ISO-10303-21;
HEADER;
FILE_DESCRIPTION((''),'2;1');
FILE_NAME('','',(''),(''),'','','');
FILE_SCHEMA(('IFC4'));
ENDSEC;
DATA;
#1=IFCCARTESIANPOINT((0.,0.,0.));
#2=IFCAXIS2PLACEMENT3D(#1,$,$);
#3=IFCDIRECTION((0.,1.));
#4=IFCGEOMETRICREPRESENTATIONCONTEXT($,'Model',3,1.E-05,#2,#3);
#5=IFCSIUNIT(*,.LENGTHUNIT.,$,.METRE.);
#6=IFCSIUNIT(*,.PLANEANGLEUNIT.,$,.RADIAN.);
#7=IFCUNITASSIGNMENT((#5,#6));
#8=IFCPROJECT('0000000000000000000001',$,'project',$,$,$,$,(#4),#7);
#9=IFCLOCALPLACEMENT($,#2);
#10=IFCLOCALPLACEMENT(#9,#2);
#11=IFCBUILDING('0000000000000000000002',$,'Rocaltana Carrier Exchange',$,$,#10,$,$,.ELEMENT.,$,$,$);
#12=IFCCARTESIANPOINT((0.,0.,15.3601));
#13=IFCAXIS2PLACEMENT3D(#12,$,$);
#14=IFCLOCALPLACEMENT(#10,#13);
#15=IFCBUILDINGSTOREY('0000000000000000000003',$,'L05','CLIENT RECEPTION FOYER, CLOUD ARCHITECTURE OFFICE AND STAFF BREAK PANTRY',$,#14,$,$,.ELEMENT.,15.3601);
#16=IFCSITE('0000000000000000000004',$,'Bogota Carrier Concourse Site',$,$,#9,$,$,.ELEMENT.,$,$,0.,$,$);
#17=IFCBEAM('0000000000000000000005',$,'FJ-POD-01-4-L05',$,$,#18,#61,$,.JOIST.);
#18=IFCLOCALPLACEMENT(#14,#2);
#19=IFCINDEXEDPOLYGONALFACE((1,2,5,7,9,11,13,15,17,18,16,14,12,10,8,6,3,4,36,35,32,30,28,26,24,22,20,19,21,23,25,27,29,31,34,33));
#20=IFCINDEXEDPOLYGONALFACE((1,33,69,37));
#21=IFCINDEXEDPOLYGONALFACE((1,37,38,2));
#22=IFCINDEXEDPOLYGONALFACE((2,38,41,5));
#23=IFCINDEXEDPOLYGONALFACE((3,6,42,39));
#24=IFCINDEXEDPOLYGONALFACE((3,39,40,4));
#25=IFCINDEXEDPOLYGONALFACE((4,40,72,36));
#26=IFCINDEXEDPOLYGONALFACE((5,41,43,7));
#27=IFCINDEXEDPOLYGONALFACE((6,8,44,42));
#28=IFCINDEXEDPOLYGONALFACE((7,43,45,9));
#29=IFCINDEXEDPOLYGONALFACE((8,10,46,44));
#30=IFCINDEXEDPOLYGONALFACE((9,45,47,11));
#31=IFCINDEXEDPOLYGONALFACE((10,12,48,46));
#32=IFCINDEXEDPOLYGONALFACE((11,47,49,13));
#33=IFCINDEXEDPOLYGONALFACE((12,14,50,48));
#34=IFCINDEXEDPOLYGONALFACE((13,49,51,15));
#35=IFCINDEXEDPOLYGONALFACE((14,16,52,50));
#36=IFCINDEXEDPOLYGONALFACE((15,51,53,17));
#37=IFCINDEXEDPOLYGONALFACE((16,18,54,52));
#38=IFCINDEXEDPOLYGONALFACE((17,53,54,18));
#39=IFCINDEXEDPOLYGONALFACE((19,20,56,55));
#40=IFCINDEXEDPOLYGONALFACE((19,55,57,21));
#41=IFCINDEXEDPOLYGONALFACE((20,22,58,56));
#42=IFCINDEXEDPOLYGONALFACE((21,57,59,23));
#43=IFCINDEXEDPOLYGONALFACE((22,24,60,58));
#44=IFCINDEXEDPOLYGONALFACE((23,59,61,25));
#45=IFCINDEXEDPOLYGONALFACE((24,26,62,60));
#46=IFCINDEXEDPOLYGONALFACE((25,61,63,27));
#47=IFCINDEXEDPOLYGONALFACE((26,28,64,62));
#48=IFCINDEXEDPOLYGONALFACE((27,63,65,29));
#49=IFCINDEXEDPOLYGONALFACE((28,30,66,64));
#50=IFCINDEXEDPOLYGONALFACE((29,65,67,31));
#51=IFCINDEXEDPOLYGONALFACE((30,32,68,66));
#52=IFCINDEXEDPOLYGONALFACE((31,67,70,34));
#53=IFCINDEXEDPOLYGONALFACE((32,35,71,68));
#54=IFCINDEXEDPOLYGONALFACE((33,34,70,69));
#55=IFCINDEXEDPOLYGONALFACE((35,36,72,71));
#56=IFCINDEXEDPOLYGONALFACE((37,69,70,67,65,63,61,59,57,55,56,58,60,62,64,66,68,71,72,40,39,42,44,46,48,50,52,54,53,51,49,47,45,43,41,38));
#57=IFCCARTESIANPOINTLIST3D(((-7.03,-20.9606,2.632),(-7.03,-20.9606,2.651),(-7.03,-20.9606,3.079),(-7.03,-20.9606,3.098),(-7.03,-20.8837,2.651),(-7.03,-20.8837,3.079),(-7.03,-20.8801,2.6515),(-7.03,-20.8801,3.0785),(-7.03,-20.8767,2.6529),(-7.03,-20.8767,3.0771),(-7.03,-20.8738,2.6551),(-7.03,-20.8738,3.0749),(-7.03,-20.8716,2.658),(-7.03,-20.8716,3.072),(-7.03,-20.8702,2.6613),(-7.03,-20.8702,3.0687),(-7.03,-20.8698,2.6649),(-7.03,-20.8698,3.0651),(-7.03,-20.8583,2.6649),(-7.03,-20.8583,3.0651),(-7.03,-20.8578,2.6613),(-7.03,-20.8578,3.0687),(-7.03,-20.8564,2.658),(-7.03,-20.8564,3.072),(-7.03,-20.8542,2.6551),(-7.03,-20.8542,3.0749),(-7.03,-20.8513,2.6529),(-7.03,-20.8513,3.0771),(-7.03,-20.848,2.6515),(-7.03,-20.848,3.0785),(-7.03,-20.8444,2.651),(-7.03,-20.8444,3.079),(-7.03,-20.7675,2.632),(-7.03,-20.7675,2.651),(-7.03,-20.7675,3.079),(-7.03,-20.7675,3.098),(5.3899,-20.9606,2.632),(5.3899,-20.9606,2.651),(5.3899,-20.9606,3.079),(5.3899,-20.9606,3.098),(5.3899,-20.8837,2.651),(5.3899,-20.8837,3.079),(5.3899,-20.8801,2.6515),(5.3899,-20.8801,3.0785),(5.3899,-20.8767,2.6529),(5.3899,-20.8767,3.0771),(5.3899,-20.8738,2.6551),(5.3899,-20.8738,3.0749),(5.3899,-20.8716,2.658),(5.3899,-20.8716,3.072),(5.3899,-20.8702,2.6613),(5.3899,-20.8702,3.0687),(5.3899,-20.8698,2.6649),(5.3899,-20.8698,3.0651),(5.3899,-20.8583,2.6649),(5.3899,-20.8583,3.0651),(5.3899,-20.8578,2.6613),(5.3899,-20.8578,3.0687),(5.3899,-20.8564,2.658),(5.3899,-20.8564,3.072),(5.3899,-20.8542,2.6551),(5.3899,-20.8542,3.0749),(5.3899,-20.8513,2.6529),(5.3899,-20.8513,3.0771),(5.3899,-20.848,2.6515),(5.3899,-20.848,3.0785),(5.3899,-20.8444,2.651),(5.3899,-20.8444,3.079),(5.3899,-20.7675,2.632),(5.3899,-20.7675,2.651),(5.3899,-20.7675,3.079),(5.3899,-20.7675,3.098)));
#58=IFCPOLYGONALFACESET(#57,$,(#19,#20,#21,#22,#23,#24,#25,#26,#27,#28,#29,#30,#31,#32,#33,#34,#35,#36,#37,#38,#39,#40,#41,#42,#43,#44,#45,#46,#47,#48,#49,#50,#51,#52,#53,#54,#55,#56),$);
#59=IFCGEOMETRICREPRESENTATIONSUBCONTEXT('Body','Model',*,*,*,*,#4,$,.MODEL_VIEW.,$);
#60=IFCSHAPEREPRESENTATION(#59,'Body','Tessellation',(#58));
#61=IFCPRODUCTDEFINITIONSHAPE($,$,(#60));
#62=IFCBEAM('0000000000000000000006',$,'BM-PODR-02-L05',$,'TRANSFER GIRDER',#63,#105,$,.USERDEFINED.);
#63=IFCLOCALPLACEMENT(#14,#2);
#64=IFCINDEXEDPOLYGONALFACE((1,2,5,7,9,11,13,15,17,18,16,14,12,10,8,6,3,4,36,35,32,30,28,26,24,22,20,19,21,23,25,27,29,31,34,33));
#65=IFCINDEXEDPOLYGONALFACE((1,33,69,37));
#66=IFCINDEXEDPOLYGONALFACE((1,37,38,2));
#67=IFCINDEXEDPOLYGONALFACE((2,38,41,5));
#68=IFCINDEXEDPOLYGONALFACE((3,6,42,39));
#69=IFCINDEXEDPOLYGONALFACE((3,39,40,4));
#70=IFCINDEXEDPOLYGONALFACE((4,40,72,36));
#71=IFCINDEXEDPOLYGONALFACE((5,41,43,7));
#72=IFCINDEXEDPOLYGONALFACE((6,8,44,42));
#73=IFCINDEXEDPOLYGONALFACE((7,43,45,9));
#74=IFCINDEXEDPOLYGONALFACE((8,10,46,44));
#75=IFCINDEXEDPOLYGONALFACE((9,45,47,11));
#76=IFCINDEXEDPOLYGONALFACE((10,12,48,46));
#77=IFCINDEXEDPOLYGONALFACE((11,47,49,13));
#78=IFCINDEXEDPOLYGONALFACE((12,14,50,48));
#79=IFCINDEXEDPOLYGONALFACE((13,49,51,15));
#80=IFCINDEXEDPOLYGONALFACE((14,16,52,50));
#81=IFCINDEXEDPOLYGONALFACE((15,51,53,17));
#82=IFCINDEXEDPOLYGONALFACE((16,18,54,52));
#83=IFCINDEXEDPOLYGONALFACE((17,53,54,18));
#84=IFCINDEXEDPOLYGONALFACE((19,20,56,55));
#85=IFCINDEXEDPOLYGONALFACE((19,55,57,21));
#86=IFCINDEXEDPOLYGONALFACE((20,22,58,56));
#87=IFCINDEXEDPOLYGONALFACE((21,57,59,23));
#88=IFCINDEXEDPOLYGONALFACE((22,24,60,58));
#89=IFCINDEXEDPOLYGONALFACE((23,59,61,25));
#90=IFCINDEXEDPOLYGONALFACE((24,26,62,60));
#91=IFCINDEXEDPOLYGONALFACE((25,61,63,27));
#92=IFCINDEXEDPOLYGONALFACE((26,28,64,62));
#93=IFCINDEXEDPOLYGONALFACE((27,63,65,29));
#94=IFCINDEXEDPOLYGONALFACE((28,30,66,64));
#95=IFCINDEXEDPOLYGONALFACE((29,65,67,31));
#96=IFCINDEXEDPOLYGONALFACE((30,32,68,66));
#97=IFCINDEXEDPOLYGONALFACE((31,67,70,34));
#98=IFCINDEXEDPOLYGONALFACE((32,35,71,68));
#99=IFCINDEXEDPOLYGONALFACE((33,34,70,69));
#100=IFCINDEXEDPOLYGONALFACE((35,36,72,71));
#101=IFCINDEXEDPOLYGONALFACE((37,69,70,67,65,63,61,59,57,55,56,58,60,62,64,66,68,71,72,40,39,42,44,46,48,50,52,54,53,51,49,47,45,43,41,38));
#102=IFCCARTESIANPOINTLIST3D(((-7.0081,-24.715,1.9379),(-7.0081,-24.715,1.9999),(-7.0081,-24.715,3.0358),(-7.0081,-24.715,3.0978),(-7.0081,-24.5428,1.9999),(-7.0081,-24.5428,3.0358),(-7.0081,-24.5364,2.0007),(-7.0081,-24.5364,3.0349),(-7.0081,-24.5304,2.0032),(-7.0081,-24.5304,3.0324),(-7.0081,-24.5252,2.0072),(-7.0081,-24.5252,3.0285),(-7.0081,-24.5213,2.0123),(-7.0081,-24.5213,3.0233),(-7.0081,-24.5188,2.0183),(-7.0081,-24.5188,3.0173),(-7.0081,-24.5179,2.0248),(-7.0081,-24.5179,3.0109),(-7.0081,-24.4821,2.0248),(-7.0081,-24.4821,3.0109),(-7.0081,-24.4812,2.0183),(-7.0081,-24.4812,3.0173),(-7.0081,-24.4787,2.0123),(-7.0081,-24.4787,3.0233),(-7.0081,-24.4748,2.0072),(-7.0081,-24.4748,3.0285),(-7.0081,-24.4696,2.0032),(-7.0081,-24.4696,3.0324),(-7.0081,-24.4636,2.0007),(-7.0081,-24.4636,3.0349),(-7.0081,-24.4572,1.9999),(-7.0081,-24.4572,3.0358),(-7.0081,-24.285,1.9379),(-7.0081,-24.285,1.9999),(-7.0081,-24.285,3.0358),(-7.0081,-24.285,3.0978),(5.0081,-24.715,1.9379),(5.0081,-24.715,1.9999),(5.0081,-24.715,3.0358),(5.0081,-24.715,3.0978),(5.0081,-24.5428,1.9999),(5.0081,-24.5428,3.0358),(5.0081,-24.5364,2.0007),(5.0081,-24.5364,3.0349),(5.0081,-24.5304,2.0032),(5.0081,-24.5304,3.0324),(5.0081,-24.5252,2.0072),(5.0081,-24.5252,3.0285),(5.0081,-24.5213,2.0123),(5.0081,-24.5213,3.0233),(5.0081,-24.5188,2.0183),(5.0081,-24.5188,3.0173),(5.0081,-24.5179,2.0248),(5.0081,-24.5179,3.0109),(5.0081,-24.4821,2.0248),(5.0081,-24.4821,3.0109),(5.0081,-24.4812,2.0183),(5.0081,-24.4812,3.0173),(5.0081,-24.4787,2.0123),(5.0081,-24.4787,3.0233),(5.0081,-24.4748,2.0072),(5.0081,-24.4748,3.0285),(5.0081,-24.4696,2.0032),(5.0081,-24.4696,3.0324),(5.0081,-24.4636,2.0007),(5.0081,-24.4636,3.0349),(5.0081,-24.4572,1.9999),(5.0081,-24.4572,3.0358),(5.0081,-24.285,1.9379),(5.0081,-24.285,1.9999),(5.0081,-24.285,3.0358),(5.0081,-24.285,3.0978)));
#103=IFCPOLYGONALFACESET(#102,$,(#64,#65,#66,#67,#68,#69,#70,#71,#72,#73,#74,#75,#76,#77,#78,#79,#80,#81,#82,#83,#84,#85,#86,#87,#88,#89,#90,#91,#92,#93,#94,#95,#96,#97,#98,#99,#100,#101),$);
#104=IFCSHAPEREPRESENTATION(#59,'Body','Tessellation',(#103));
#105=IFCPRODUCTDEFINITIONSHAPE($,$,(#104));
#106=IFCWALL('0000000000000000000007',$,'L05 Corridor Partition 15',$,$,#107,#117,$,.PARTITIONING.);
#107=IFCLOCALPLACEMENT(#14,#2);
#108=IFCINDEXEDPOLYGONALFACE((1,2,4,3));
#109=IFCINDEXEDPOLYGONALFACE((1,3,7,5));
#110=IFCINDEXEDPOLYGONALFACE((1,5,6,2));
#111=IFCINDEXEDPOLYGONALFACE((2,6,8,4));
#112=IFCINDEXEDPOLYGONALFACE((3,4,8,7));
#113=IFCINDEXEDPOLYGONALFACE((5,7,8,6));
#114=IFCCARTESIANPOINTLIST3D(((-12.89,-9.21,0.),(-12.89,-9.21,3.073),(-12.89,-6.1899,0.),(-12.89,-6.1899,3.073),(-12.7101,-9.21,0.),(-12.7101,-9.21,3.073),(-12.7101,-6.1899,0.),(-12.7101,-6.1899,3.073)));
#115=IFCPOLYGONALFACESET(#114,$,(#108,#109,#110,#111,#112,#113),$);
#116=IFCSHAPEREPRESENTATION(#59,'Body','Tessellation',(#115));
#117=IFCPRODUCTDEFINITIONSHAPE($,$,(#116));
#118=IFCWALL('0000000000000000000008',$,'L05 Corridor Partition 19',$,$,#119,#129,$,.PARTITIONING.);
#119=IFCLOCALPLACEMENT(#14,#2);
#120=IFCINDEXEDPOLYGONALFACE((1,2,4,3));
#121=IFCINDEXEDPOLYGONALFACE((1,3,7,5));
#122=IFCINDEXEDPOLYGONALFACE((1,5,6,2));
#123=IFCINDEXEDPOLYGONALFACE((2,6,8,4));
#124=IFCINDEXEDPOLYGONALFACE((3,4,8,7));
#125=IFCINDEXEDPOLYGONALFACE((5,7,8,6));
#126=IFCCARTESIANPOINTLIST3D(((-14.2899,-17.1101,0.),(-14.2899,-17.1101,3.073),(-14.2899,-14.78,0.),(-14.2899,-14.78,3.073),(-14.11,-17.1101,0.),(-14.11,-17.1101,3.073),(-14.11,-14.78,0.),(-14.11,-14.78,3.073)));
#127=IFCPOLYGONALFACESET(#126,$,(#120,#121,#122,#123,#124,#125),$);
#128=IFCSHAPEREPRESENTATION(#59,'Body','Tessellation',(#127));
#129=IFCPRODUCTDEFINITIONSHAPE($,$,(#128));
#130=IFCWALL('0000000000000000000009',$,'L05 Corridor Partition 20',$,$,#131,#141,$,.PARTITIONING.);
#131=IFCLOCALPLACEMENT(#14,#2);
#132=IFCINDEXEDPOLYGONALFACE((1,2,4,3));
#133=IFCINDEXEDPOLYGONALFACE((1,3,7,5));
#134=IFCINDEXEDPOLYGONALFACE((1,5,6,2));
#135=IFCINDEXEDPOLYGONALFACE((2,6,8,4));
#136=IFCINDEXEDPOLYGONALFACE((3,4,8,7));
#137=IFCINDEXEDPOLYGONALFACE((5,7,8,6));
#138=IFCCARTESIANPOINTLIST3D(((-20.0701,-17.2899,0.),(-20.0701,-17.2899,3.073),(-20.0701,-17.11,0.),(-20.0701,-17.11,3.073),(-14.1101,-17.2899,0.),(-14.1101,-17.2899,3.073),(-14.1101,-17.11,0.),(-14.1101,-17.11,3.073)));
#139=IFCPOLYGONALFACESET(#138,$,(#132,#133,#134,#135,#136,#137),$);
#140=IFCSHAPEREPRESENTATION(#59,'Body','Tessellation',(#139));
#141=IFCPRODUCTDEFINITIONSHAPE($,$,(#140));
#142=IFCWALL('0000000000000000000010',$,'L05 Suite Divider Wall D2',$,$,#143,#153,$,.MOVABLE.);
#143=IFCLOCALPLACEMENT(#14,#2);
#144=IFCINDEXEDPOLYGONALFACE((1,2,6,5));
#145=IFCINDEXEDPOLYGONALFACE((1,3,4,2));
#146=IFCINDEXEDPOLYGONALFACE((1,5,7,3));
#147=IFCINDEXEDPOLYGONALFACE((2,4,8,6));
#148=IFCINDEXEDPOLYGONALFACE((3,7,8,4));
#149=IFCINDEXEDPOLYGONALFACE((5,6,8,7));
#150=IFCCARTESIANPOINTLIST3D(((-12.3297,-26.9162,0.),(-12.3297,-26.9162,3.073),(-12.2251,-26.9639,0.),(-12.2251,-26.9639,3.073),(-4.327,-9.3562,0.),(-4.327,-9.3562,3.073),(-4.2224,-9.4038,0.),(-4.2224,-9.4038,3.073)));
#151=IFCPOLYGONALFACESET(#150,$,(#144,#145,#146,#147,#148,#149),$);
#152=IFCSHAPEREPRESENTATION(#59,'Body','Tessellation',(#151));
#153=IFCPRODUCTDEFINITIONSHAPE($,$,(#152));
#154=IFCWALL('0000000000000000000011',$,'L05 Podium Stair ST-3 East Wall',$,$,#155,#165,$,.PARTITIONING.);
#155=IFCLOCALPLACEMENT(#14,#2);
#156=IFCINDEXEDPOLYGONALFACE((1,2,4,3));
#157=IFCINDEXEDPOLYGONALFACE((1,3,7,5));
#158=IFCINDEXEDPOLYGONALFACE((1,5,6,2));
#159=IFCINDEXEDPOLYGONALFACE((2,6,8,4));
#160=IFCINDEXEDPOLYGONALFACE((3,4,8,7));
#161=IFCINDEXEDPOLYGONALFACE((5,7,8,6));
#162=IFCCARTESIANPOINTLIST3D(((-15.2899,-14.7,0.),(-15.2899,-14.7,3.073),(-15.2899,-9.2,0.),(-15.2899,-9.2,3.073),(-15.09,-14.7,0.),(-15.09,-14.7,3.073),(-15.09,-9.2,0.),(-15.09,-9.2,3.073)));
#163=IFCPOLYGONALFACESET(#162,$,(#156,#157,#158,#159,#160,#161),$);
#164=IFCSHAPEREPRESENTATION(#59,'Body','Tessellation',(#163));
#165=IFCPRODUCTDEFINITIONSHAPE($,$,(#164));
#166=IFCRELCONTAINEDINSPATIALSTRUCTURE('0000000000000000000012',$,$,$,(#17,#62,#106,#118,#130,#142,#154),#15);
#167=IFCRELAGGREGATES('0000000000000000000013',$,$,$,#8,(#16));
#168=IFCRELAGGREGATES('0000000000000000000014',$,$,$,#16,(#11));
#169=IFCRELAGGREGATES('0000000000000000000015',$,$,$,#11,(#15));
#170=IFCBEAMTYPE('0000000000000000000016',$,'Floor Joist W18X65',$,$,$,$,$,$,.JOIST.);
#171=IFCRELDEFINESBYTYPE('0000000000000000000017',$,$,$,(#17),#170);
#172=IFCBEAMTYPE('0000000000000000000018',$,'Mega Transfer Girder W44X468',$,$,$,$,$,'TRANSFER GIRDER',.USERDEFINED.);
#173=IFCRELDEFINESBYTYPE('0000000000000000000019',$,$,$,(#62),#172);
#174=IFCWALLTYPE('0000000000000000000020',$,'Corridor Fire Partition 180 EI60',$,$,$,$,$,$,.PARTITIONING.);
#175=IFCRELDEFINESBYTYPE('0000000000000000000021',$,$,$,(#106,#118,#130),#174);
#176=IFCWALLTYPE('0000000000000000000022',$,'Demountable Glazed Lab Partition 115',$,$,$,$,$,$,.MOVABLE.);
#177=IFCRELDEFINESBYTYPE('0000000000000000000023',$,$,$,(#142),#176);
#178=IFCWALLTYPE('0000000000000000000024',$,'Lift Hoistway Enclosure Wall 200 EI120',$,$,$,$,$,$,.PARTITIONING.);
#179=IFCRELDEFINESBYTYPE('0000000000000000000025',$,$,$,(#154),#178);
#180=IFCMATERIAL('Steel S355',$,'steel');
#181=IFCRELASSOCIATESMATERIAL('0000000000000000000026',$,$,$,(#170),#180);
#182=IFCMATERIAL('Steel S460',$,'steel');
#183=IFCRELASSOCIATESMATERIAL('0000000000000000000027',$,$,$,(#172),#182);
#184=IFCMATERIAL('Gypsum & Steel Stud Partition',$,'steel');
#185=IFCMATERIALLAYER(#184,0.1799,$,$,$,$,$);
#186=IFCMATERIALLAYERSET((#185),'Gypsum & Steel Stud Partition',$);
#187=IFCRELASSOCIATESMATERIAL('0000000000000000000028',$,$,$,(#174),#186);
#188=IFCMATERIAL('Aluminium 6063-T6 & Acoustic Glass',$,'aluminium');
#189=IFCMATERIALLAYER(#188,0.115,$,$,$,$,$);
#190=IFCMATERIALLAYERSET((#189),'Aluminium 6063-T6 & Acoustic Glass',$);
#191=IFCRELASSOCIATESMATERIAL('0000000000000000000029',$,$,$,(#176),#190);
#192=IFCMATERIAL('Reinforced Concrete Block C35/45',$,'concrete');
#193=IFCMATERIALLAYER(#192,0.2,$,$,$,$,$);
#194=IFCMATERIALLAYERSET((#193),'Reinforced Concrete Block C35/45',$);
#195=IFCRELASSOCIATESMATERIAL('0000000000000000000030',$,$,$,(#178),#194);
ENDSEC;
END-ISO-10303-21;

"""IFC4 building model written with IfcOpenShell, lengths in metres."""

from ifc_helpers import new_model, si_unit, direction, frame, frame_2d, origin, origin_2d, place, context, subcontext, project, spatial, rectangle, i_section, extrude, material, layer, layer_set, material_profile, profile_set, type_object, element, save


model = new_model("IFC4")

# Units and contexts
model_context = context("Model", 3, precision=1e-05, world=origin(), true_north=direction((0.0, 1.0)))
body_context = subcontext(model_context, "Body", "Model", "MODEL_VIEW")
ifc_project = project(units=[si_unit("LENGTHUNIT", "METRE"), si_unit("PLANEANGLEUNIT", "RADIAN")], contexts=[model_context])

# Site, building, storey
site_placement = place(None, origin())
site = spatial("IfcSite", under=ifc_project, at=site_placement, Name="Bogota Carrier Concourse Site", CompositionType="ELEMENT", RefElevation=0.0)
building_placement = place(site_placement, origin())
building = spatial("IfcBuilding", under=site, at=building_placement, Name="Rocaltana Carrier Exchange", CompositionType="ELEMENT")
storey_placement = place(building_placement, frame((0.0, 0.0, 15.3601)))
storey = spatial("IfcBuildingStorey", under=building, at=storey_placement, Name="L05", Description="CLIENT RECEPTION FOYER, CLOUD ARCHITECTURE OFFICE AND STAFF BREAK PANTRY", CompositionType="ELEMENT", Elevation=15.3601)

# Beams
ifc_material_1 = material(Name="Steel S355", Category="steel")
ifc_material_profile_1 = material_profile(ifc_material_1, i_section(OverallWidth=0.1931, OverallDepth=0.4661, WebThickness=0.0115, FlangeThickness=0.019, FilletRadius=0.0139, at=origin_2d()), Name="W18X65")
ifc_profile_set_1 = profile_set([ifc_material_profile_1], Name="Steel S355")
beam_type_1 = type_object("IfcBeamType", Name="Floor Joist W18X65", PredefinedType="JOIST", material=ifc_profile_set_1)
beam_1_placement = place(storey_placement, frame((-7.03, -20.864, 2.865), z_axis=(1.0, 0.0, 0.0), x_axis=(0.0, 1.0, 0.0)))
element("IfcBeam", 1, at=beam_1_placement, inside=storey, type_object=beam_type_1, Name="FJ-POD-01-4-L05", PredefinedType="JOIST", context=body_context, shape_type="SweptSolid", body=[
    extrude(i_section(OverallWidth=0.1931, OverallDepth=0.4661, WebThickness=0.0115, FlangeThickness=0.019, FilletRadius=0.0139, at=origin_2d()), origin(), (0.0, 0.0, 1.0), 12.4199),
])
ifc_material_2 = material(Name="Steel S460", Category="steel")
ifc_material_profile_2 = material_profile(ifc_material_2, i_section(OverallWidth=0.4299, OverallDepth=1.1599, WebThickness=0.0359, FlangeThickness=0.062, FilletRadius=0.0249, at=origin_2d()), Name="W44X468")
ifc_profile_set_2 = profile_set([ifc_material_profile_2], Name="Steel S460")
beam_type_2 = type_object("IfcBeamType", Name="Mega Transfer Girder W44X468", ElementType="TRANSFER GIRDER", PredefinedType="USERDEFINED", material=ifc_profile_set_2)
beam_2_placement = place(storey_placement, frame((-7.0081, -24.5, 2.5178), z_axis=(1.0, 0.0, 0.0), x_axis=(0.0, 1.0, 0.0)))
element("IfcBeam", 2, at=beam_2_placement, inside=storey, type_object=beam_type_2, Name="BM-PODR-02-L05", ObjectType="TRANSFER GIRDER", PredefinedType="USERDEFINED", context=body_context, shape_type="SweptSolid", body=[
    extrude(i_section(OverallWidth=0.4299, OverallDepth=1.1599, WebThickness=0.0359, FlangeThickness=0.062, FilletRadius=0.0249, at=origin_2d()), origin(), (0.0, 0.0, 1.0), 12.0161),
])

# Walls
ifc_material_3 = material(Name="Gypsum & Steel Stud Partition", Category="steel")
ifc_layer_1 = layer(ifc_material_3, 0.1799)
ifc_layer_set_1 = layer_set([ifc_layer_1], Name="Gypsum & Steel Stud Partition")
wall_type_1 = type_object("IfcWallType", Name="Corridor Fire Partition 180 EI60", PredefinedType="PARTITIONING", material=ifc_layer_set_1)
wall_1_placement = place(storey_placement, frame((-12.8, -9.21, 0.0), z_axis=(0.0, 0.0, 1.0), x_axis=(0.0, 1.0, 0.0)))
element("IfcWall", 3, at=wall_1_placement, inside=storey, type_object=wall_type_1, Name="L05 Corridor Partition 15", PredefinedType="PARTITIONING", context=body_context, shape_type="SweptSolid", body=[
    extrude(rectangle(XDim=3.02, YDim=0.1799, at=frame_2d((1.51, 0.0))), origin(), (0.0, 0.0, 1.0), 3.073),
])
wall_2_placement = place(storey_placement, frame((-14.2, -14.78, 0.0), z_axis=(0.0, 0.0, 1.0), x_axis=(0.0, -1.0, 0.0)))
element("IfcWall", 4, at=wall_2_placement, inside=storey, type_object=wall_type_1, Name="L05 Corridor Partition 19", PredefinedType="PARTITIONING", context=body_context, shape_type="SweptSolid", body=[
    extrude(rectangle(XDim=2.3301, YDim=0.1799, at=frame_2d((1.165, 0.0))), origin(), (0.0, 0.0, 1.0), 3.073),
])
wall_3_placement = place(storey_placement, frame((-14.1101, -17.2, 0.0), z_axis=(0.0, 0.0, 1.0), x_axis=(-1.0, 0.0, 0.0)))
element("IfcWall", 5, at=wall_3_placement, inside=storey, type_object=wall_type_1, Name="L05 Corridor Partition 20", PredefinedType="PARTITIONING", context=body_context, shape_type="SweptSolid", body=[
    extrude(rectangle(XDim=5.96, YDim=0.1799, at=frame_2d((2.98, 0.0))), origin(), (0.0, 0.0, 1.0), 3.073),
])
ifc_material_4 = material(Name="Aluminium 6063-T6 & Acoustic Glass", Category="aluminium")
ifc_layer_2 = layer(ifc_material_4, 0.115)
ifc_layer_set_2 = layer_set([ifc_layer_2], Name="Aluminium 6063-T6 & Acoustic Glass")
wall_type_2 = type_object("IfcWallType", Name="Demountable Glazed Lab Partition 115", PredefinedType="MOVABLE", material=ifc_layer_set_2)
wall_4_placement = place(storey_placement, frame((-4.2747, -9.3799, 0.0), z_axis=(0.0, 0.0, 1.0), x_axis=(-0.414698, -0.909959, 0.0)))
element("IfcWall", 6, at=wall_4_placement, inside=storey, type_object=wall_type_2, Name="L05 Suite Divider Wall D2", PredefinedType="MOVABLE", context=body_context, shape_type="SweptSolid", body=[
    extrude(rectangle(XDim=19.2976, YDim=0.115, at=frame_2d((9.6489, 0.0))), origin(), (0.0, 0.0, 1.0), 3.073),
])
ifc_material_5 = material(Name="Reinforced Concrete Block C35/45", Category="concrete")
ifc_layer_3 = layer(ifc_material_5, 0.2)
ifc_layer_set_3 = layer_set([ifc_layer_3], Name="Reinforced Concrete Block C35/45")
wall_type_3 = type_object("IfcWallType", Name="Lift Hoistway Enclosure Wall 200 EI120", PredefinedType="PARTITIONING", material=ifc_layer_set_3)
wall_5_placement = place(storey_placement, frame((-15.1899, -14.7, 0.0), z_axis=(0.0, 0.0, 1.0), x_axis=(0.0, 1.0, 0.0)))
element("IfcWall", 7, at=wall_5_placement, inside=storey, type_object=wall_type_3, Name="L05 Podium Stair ST-3 East Wall", PredefinedType="PARTITIONING", context=body_context, shape_type="SweptSolid", body=[
    extrude(rectangle(XDim=5.5, YDim=0.2, at=frame_2d((2.75, 0.0))), origin(), (0.0, 0.0, 1.0), 3.073),
])

save(model, "model.ifc")
